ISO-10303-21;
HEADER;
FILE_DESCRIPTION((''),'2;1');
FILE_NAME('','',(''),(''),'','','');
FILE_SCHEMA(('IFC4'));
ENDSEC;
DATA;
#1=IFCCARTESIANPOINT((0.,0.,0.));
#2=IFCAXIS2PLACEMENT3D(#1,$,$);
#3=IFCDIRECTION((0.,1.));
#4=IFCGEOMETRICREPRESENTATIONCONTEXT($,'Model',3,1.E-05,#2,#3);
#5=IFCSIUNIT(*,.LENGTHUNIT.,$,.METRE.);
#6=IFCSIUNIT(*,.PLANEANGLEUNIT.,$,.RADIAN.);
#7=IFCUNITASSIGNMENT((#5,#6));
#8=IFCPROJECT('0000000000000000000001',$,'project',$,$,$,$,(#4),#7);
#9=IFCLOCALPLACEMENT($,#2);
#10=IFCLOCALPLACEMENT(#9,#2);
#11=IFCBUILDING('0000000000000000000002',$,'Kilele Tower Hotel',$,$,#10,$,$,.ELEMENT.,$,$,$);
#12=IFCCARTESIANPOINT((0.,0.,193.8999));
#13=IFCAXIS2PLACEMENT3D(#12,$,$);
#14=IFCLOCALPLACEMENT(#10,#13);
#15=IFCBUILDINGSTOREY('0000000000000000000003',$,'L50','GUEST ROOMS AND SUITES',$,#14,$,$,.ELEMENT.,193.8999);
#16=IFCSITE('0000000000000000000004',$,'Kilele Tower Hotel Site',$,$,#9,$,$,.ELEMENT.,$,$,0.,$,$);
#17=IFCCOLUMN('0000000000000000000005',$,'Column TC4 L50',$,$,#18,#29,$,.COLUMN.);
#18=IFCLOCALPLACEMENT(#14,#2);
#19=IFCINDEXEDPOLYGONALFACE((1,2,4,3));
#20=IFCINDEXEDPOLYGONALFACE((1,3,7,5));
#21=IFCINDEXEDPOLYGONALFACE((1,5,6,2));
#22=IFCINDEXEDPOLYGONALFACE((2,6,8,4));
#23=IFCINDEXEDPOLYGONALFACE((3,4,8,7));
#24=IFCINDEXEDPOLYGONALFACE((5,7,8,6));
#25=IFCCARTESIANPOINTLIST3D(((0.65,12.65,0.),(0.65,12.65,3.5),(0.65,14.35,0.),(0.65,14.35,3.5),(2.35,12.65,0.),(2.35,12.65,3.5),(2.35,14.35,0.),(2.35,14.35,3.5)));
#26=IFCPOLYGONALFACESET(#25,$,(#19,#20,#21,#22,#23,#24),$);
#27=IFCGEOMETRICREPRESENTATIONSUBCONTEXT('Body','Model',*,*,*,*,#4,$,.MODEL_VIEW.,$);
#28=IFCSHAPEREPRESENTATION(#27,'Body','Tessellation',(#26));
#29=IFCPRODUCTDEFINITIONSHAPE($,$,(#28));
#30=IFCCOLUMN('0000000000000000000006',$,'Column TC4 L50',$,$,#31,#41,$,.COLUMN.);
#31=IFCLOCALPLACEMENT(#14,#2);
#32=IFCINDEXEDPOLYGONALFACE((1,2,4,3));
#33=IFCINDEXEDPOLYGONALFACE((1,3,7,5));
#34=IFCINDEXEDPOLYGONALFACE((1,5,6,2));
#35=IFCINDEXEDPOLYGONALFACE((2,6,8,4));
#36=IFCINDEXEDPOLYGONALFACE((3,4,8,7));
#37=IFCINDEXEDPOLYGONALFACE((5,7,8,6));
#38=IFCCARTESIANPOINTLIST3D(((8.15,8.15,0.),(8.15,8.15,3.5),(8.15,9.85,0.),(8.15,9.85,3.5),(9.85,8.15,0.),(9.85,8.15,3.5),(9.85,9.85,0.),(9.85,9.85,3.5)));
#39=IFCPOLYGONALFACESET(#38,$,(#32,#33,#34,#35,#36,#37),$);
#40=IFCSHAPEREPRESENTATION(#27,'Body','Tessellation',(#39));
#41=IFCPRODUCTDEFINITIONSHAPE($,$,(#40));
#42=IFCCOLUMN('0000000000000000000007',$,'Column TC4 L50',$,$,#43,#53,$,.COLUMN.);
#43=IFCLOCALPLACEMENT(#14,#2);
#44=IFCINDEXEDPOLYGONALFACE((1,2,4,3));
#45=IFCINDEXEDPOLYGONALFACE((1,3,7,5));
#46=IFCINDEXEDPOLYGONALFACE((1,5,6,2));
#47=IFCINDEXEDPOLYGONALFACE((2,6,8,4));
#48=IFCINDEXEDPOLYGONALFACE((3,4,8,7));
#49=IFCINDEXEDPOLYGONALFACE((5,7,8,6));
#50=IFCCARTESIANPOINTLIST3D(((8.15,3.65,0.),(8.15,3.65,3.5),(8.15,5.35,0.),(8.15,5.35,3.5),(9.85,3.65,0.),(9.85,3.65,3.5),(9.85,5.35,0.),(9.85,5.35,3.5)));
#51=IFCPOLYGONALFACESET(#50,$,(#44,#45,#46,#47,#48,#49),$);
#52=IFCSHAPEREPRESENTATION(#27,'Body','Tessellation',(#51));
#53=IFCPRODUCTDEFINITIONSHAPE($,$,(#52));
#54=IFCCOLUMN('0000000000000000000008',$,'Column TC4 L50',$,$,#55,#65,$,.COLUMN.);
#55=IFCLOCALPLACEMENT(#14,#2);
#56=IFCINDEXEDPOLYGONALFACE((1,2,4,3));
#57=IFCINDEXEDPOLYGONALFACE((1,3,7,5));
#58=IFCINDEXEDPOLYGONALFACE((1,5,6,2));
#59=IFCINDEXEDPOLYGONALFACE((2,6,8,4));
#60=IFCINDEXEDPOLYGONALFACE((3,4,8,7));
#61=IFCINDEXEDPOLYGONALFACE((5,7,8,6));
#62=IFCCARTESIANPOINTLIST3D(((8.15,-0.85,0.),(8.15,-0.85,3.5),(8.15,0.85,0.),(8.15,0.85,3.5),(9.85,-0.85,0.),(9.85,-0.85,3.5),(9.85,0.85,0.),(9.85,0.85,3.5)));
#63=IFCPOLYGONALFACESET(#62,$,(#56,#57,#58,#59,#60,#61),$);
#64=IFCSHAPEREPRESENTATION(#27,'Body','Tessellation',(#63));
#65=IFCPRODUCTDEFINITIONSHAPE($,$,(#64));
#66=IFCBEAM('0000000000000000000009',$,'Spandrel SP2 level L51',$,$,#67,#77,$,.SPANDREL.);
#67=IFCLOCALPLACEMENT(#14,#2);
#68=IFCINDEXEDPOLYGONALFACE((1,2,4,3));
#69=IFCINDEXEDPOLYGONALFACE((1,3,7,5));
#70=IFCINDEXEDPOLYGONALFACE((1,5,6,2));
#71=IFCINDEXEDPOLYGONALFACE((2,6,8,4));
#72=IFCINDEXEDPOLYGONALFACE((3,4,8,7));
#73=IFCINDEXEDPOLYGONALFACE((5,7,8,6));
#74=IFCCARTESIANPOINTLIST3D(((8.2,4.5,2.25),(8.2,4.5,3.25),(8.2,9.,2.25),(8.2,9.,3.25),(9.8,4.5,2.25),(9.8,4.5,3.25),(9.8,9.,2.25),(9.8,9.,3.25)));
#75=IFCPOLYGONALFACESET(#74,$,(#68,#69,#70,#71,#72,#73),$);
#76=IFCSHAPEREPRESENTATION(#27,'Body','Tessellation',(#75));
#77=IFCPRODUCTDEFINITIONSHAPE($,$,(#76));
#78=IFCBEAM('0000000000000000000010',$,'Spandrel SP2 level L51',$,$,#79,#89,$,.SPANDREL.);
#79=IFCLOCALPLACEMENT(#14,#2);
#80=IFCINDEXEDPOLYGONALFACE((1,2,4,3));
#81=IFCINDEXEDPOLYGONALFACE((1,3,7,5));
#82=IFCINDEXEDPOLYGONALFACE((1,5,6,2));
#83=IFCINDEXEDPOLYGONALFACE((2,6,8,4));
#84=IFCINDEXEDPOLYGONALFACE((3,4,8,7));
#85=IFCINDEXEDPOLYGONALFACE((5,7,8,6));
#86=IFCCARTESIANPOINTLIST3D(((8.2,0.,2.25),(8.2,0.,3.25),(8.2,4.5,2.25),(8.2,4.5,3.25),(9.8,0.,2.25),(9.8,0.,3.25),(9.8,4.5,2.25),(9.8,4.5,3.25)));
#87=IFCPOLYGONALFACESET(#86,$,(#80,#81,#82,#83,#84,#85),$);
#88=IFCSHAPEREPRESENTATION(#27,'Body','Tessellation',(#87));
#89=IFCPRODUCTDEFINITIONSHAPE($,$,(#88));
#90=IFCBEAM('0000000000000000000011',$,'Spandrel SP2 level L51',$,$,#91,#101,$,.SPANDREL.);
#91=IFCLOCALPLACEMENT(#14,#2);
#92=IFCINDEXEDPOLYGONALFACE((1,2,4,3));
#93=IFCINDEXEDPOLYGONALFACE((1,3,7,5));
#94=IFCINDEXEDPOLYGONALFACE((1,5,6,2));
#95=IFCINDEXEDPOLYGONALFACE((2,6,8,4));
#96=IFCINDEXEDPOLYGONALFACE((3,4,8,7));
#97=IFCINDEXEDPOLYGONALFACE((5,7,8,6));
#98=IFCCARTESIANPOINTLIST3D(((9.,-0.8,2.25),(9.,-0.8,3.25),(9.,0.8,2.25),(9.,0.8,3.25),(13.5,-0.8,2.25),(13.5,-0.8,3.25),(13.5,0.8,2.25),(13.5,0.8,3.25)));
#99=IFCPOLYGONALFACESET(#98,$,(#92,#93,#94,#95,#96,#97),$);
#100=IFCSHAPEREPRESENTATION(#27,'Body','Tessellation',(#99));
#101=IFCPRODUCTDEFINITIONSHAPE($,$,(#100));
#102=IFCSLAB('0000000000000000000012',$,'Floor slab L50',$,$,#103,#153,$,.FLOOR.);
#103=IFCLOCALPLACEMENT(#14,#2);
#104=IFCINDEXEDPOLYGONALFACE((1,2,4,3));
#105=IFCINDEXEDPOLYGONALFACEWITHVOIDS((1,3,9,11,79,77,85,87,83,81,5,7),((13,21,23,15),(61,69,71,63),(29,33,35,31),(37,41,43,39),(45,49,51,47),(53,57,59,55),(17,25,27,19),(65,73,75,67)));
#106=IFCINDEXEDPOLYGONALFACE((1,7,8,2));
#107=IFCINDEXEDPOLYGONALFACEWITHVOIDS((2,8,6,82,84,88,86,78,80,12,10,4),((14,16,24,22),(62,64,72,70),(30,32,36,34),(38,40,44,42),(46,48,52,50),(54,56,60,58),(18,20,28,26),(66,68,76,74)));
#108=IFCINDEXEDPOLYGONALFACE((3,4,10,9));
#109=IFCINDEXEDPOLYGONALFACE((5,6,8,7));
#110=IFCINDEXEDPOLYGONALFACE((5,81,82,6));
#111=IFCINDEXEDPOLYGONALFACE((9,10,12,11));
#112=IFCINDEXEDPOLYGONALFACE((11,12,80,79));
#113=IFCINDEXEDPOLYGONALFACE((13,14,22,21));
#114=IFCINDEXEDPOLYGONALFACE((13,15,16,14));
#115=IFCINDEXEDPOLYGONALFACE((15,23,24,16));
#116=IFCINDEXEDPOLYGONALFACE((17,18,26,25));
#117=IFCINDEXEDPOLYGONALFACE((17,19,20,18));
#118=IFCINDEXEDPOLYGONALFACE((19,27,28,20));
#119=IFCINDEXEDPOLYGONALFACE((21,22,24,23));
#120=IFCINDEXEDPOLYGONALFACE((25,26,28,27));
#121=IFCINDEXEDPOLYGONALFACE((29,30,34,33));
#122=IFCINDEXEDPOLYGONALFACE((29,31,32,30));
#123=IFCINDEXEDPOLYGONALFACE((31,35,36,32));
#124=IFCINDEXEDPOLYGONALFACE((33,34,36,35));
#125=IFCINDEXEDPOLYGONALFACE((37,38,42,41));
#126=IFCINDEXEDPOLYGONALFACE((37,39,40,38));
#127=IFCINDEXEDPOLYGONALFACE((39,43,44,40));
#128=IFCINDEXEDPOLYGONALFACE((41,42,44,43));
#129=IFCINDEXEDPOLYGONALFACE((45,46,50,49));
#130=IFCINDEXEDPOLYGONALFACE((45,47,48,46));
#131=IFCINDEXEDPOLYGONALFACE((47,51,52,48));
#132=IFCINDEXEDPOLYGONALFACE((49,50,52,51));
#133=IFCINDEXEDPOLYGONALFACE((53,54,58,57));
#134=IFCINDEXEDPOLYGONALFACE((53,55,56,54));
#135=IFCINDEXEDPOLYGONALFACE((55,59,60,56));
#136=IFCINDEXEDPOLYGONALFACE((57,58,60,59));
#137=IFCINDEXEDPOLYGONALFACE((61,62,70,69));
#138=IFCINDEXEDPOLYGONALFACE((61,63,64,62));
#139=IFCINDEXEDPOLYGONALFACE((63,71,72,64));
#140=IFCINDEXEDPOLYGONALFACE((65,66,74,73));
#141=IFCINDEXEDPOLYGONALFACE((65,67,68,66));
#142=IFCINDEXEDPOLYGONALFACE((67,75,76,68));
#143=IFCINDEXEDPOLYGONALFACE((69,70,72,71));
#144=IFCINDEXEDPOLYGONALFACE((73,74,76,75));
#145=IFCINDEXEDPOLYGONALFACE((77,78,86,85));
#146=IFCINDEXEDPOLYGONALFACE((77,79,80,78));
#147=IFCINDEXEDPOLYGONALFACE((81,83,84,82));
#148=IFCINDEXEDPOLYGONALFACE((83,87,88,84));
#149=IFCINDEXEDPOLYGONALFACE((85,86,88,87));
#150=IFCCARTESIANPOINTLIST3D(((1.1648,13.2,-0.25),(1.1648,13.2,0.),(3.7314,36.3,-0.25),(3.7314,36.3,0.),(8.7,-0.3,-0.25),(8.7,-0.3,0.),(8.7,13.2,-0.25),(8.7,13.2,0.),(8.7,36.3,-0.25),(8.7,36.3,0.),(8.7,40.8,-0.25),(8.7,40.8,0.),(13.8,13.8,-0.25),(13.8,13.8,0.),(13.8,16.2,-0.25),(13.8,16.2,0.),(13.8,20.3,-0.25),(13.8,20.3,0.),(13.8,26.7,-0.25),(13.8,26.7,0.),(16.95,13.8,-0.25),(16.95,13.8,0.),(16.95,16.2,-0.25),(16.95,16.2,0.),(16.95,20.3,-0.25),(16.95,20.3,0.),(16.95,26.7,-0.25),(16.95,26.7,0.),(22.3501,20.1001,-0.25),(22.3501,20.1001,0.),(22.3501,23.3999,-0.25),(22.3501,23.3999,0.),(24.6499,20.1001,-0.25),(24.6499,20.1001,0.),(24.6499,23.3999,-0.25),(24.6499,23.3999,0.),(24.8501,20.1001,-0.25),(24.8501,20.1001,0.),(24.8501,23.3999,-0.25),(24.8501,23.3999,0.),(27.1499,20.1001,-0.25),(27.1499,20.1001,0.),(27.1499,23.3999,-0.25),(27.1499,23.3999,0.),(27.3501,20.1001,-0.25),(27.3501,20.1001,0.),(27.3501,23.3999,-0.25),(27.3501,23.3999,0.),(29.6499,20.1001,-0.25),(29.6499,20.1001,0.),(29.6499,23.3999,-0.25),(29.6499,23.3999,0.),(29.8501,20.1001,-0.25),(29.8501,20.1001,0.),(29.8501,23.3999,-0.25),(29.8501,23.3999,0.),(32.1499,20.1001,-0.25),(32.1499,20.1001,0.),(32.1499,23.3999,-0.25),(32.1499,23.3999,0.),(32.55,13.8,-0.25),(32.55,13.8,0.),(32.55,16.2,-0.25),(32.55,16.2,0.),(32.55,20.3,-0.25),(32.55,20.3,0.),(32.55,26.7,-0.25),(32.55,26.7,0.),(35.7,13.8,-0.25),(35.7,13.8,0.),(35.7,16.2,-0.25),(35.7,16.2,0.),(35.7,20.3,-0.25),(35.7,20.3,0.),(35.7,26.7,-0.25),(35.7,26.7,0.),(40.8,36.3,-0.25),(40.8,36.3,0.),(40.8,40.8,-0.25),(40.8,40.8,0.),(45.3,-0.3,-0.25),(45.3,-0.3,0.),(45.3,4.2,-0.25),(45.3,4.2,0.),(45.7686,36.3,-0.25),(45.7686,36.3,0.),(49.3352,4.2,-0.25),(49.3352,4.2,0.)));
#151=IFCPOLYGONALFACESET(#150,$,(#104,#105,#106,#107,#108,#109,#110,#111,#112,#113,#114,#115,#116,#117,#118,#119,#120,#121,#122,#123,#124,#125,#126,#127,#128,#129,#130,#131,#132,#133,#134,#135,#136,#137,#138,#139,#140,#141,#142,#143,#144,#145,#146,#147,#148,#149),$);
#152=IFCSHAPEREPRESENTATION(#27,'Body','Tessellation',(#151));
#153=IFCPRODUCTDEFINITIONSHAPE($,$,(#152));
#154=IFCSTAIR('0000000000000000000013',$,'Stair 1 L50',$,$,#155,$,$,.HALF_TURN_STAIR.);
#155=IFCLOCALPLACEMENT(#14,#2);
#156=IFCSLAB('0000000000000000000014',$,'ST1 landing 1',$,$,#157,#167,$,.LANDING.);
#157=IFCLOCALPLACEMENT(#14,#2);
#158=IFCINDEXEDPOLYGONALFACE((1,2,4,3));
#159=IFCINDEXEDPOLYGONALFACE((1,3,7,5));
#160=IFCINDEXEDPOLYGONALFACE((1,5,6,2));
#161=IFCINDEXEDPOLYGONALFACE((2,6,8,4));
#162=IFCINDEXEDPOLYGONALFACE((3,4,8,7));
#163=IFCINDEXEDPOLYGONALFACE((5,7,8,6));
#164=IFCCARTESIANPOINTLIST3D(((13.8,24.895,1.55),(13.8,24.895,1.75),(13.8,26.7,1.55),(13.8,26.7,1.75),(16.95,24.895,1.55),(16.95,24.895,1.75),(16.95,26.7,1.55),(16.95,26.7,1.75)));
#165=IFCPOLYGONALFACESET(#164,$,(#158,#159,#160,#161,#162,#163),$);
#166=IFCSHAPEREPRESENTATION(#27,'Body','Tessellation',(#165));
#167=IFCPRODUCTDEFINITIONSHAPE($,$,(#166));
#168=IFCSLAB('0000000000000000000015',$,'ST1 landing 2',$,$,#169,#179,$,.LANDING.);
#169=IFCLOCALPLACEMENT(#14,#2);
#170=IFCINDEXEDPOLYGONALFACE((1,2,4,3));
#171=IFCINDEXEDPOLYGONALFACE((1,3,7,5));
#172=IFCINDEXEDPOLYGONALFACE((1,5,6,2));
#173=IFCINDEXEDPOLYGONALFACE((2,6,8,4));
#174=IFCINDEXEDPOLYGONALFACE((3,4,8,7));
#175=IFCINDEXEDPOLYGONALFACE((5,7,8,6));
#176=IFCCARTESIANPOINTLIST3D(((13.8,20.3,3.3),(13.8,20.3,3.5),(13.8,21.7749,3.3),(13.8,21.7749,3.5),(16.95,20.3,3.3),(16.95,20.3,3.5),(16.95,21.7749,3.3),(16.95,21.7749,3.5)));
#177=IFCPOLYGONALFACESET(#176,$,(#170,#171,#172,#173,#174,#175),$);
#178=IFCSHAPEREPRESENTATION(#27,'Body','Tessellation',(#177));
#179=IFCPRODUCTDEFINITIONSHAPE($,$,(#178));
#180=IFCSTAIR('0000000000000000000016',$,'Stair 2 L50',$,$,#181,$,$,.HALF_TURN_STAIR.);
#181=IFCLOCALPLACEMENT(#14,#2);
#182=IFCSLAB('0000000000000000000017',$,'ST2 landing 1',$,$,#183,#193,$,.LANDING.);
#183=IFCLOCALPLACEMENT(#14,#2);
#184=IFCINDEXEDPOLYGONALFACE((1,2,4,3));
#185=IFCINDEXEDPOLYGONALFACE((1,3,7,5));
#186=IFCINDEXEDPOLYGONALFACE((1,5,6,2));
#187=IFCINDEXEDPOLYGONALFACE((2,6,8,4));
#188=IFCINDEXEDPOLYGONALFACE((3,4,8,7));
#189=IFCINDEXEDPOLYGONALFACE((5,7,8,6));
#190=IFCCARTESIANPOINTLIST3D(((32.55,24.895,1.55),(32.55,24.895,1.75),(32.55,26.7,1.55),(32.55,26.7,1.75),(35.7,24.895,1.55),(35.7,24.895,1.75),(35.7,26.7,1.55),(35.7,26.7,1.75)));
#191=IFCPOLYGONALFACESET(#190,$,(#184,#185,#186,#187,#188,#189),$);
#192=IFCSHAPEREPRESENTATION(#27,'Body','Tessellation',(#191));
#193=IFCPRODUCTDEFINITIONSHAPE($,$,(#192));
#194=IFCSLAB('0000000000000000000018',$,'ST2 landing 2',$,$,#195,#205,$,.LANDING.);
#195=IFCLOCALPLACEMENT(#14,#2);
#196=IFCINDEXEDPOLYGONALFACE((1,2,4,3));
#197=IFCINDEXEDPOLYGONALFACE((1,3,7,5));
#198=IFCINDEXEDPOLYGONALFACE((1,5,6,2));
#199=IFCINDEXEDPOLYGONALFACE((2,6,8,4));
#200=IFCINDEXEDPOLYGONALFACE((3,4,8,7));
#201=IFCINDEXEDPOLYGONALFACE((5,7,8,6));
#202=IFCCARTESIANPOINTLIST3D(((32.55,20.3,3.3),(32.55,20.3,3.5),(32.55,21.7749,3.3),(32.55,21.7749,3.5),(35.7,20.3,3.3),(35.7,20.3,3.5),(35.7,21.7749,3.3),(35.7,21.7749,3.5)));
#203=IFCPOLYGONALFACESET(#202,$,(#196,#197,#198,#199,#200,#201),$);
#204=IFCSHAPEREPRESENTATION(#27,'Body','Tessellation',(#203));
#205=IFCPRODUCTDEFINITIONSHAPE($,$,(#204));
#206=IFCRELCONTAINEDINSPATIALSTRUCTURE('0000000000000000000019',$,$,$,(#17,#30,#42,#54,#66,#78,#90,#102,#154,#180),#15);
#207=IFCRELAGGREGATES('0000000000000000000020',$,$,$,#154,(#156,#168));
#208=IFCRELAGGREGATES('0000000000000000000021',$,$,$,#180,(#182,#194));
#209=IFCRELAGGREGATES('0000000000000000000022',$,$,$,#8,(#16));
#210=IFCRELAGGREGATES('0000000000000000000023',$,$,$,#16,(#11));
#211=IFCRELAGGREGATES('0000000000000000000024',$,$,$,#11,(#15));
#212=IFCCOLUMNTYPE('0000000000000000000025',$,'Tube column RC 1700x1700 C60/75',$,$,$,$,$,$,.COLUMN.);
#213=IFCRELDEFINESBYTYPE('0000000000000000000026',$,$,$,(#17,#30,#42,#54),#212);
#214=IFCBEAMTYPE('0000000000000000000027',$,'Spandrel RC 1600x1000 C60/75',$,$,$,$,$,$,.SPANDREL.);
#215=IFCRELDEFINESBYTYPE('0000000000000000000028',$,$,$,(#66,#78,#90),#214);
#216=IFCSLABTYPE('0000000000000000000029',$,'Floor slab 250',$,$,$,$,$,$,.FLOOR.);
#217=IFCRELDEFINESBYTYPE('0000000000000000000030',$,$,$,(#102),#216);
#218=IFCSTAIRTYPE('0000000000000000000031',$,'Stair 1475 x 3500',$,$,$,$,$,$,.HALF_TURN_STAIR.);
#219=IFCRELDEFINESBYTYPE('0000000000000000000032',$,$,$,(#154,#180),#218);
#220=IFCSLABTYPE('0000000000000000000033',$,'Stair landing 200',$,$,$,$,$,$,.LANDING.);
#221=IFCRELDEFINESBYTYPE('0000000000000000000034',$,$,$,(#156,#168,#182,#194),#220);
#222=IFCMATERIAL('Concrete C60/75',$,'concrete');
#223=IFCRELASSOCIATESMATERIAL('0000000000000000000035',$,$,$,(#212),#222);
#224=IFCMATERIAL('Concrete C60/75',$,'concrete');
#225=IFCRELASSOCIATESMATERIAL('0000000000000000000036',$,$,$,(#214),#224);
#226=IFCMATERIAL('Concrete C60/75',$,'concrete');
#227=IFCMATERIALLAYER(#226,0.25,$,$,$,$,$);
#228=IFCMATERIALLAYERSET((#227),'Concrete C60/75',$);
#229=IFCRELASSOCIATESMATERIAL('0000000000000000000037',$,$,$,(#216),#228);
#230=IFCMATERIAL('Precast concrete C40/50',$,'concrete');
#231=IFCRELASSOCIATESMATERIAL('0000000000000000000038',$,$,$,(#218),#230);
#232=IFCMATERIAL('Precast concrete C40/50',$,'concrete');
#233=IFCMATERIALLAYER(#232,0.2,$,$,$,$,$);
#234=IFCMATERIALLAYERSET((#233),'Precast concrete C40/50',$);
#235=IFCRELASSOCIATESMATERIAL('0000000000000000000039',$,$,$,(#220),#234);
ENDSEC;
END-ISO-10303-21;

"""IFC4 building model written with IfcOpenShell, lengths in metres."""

from ifc_helpers import new_model, si_unit, direction, frame, origin, origin_2d, place, context, subcontext, project, spatial, polyline, rectangle, outline, extrude, material, layer, layer_set, material_profile, profile_set, type_object, element, aggregate, save


model = new_model("IFC4")

# Units and contexts
model_context = context("Model", 3, precision=1e-05, world=origin(), true_north=direction((0.0, 1.0)))
body_context = subcontext(model_context, "Body", "Model", "MODEL_VIEW")
ifc_project = project(units=[si_unit("LENGTHUNIT", "METRE"), si_unit("PLANEANGLEUNIT", "RADIAN")], contexts=[model_context])

# Site, building, storey
site_placement = place(None, origin())
site = spatial("IfcSite", under=ifc_project, at=site_placement, Name="Kilele Tower Hotel Site", CompositionType="ELEMENT", RefElevation=0.0)
building_placement = place(site_placement, origin())
building = spatial("IfcBuilding", under=site, at=building_placement, Name="Kilele Tower Hotel", CompositionType="ELEMENT")
storey_placement = place(building_placement, frame((0.0, 0.0, 193.8999)))
storey = spatial("IfcBuildingStorey", under=building, at=storey_placement, Name="L50", Description="GUEST ROOMS AND SUITES", CompositionType="ELEMENT", Elevation=193.8999)

# Columns
ifc_material_1 = material(Name="Concrete C60/75", Category="concrete")
ifc_material_profile_1 = material_profile(ifc_material_1, rectangle(XDim=1.7, YDim=1.7, at=origin_2d()))
ifc_profile_set_1 = profile_set([ifc_material_profile_1], Name="Concrete C60/75")
column_type = type_object("IfcColumnType", Name="Tube column RC 1700x1700 C60/75", PredefinedType="COLUMN", material=ifc_profile_set_1)
for number, where, z_axis, x_axis, name in (
    (1, (1.5, 13.5, 0.0), (0.0, 0.0, 1.0), (1.0, 0.0, 0.0), "Column TC4 L50"),
    (2, (9.0, 9.0, 0.0), (0.0, 0.0, 1.0), (1.0, 0.0, 0.0), "Column TC4 L50"),
    (3, (9.0, 4.5, 0.0), (0.0, 0.0, 1.0), (1.0, 0.0, 0.0), "Column TC4 L50"),
    (4, (9.0, 0.0, 0.0), (0.0, 0.0, 1.0), (1.0, 0.0, 0.0), "Column TC4 L50"),
):
    element("IfcColumn", number, at=place(storey_placement, frame(where, z_axis=z_axis, x_axis=x_axis)), inside=storey, type_object=column_type, Name=name, PredefinedType="COLUMN", context=body_context, shape_type="SweptSolid", body=[
        extrude(rectangle(XDim=1.7, YDim=1.7, at=origin_2d()), origin(), (0.0, 0.0, 1.0), 3.5),
    ])

# Beams
ifc_material_2 = material(Name="Concrete C60/75", Category="concrete")
ifc_material_profile_2 = material_profile(ifc_material_2, rectangle(XDim=1.6001, YDim=1.0, at=origin_2d()))
ifc_profile_set_2 = profile_set([ifc_material_profile_2], Name="Concrete C60/75")
beam_type = type_object("IfcBeamType", Name="Spandrel RC 1600x1000 C60/75", PredefinedType="SPANDREL", material=ifc_profile_set_2)
for number, where, z_axis, x_axis, name in (
    (5, (9.0, 9.0, 2.75), (0.0, -1.0, 0.0), (1.0, 0.0, 0.0), "Spandrel SP2 level L51"),
    (6, (9.0, 4.5, 2.75), (0.0, -1.0, 0.0), (1.0, 0.0, 0.0), "Spandrel SP2 level L51"),
    (7, (9.0, 0.0, 2.75), (1.0, 0.0, 0.0), (0.0, 1.0, 0.0), "Spandrel SP2 level L51"),
):
    element("IfcBeam", number, at=place(storey_placement, frame(where, z_axis=z_axis, x_axis=x_axis)), inside=storey, type_object=beam_type, Name=name, PredefinedType="SPANDREL", context=body_context, shape_type="SweptSolid", body=[
        extrude(rectangle(XDim=1.6001, YDim=1.0, at=origin_2d()), origin(), (0.0, 0.0, 1.0), 4.5),
    ])

# Slab
ifc_material_3 = material(Name="Concrete C60/75", Category="concrete")
ifc_layer_1 = layer(ifc_material_3, 0.25)
ifc_layer_set_1 = layer_set([ifc_layer_1], Name="Concrete C60/75")
slab_type_1 = type_object("IfcSlabType", Name="Floor slab 250", PredefinedType="FLOOR", material=ifc_layer_set_1)
slab_1_placement = place(storey_placement, frame((0.0, 0.0, -0.25)))
element("IfcSlab", 8, at=slab_1_placement, inside=storey, type_object=slab_type_1, Name="Floor slab L50", PredefinedType="FLOOR", context=body_context, shape_type="SweptSolid", body=[
    extrude(outline(polyline([(8.7, 36.3), (8.7, 40.8), (40.8, 40.8), (40.8, 36.3), (45.7686, 36.3), (49.3352, 4.2), (45.3, 4.2), (45.3, -0.3), (8.7, -0.3), (8.7, 13.2), (1.1648, 13.2), (3.7314, 36.3), (8.7, 36.3)]), holes=[polyline([(16.95, 16.2), (13.8, 16.2), (13.8, 13.8), (16.95, 13.8), (16.95, 16.2)]), polyline([(35.7, 16.2), (32.55, 16.2), (32.55, 13.8), (35.7, 13.8), (35.7, 16.2)]), polyline([(24.6499, 23.3999), (22.3501, 23.3999), (22.3501, 20.1001), (24.6499, 20.1001), (24.6499, 23.3999)]), polyline([(27.1499, 23.3999), (24.8501, 23.3999), (24.8501, 20.1001), (27.1499, 20.1001), (27.1499, 23.3999)]), polyline([(29.6499, 23.3999), (27.3501, 23.3999), (27.3501, 20.1001), (29.6499, 20.1001), (29.6499, 23.3999)]), polyline([(32.1499, 23.3999), (29.8501, 23.3999), (29.8501, 20.1001), (32.1499, 20.1001), (32.1499, 23.3999)]), polyline([(16.95, 26.7), (13.8, 26.7), (13.8, 20.3), (16.95, 20.3), (16.95, 26.7)]), polyline([(35.7, 26.7), (32.55, 26.7), (32.55, 20.3), (35.7, 20.3), (35.7, 26.7)])]), origin(), (0.0, 0.0, 1.0), 0.25),
])

# Stairs, slabs
ifc_material_4 = material(Name="Precast concrete C40/50", Category="concrete")
stair_type = type_object("IfcStairType", Name="Stair 1475 x 3500", PredefinedType="HALF_TURN_STAIR", material=ifc_material_4)
stair_1_placement = place(storey_placement, origin())
stair_1 = element("IfcStair", 9, at=stair_1_placement, inside=storey, type_object=stair_type, Name="Stair 1 L50", PredefinedType="HALF_TURN_STAIR")
ifc_material_5 = material(Name="Precast concrete C40/50", Category="concrete")
ifc_layer_2 = layer(ifc_material_5, 0.2)
ifc_layer_set_2 = layer_set([ifc_layer_2], Name="Precast concrete C40/50")
slab_type_2 = type_object("IfcSlabType", Name="Stair landing 200", PredefinedType="LANDING", material=ifc_layer_set_2)
slab_2_placement = place(storey_placement, frame((0.0, 0.0, 1.55)))
slab_2 = element("IfcSlab", 10, at=slab_2_placement, type_object=slab_type_2, Name="ST1 landing 1", PredefinedType="LANDING", context=body_context, shape_type="SweptSolid", body=[
    extrude(outline(polyline([(13.8, 24.895), (16.95, 24.895), (16.95, 26.7), (13.8, 26.7), (13.8, 24.895)])), origin(), (0.0, 0.0, 1.0), 0.2),
])
slab_3_placement = place(storey_placement, frame((0.0, 0.0, 3.3)))
slab_3 = element("IfcSlab", 11, at=slab_3_placement, type_object=slab_type_2, Name="ST1 landing 2", PredefinedType="LANDING", context=body_context, shape_type="SweptSolid", body=[
    extrude(outline(polyline([(13.8, 20.3), (16.95, 20.3), (16.95, 21.7749), (13.8, 21.7749), (13.8, 20.3)])), origin(), (0.0, 0.0, 1.0), 0.2),
])
aggregate(stair_1, [slab_2, slab_3])
stair_2_placement = place(storey_placement, origin())
stair_2 = element("IfcStair", 12, at=stair_2_placement, inside=storey, type_object=stair_type, Name="Stair 2 L50", PredefinedType="HALF_TURN_STAIR")
slab_4_placement = place(storey_placement, frame((0.0, 0.0, 1.55)))
slab_4 = element("IfcSlab", 13, at=slab_4_placement, type_object=slab_type_2, Name="ST2 landing 1", PredefinedType="LANDING", context=body_context, shape_type="SweptSolid", body=[
    extrude(outline(polyline([(32.55, 24.895), (35.7, 24.895), (35.7, 26.7), (32.55, 26.7), (32.55, 24.895)])), origin(), (0.0, 0.0, 1.0), 0.2),
])
slab_5_placement = place(storey_placement, frame((0.0, 0.0, 3.3)))
slab_5 = element("IfcSlab", 14, at=slab_5_placement, type_object=slab_type_2, Name="ST2 landing 2", PredefinedType="LANDING", context=body_context, shape_type="SweptSolid", body=[
    extrude(outline(polyline([(32.55, 20.3), (35.7, 20.3), (35.7, 21.7749), (32.55, 21.7749), (32.55, 20.3)])), origin(), (0.0, 0.0, 1.0), 0.2),
])
aggregate(stair_2, [slab_4, slab_5])

save(model, "model.ifc")
